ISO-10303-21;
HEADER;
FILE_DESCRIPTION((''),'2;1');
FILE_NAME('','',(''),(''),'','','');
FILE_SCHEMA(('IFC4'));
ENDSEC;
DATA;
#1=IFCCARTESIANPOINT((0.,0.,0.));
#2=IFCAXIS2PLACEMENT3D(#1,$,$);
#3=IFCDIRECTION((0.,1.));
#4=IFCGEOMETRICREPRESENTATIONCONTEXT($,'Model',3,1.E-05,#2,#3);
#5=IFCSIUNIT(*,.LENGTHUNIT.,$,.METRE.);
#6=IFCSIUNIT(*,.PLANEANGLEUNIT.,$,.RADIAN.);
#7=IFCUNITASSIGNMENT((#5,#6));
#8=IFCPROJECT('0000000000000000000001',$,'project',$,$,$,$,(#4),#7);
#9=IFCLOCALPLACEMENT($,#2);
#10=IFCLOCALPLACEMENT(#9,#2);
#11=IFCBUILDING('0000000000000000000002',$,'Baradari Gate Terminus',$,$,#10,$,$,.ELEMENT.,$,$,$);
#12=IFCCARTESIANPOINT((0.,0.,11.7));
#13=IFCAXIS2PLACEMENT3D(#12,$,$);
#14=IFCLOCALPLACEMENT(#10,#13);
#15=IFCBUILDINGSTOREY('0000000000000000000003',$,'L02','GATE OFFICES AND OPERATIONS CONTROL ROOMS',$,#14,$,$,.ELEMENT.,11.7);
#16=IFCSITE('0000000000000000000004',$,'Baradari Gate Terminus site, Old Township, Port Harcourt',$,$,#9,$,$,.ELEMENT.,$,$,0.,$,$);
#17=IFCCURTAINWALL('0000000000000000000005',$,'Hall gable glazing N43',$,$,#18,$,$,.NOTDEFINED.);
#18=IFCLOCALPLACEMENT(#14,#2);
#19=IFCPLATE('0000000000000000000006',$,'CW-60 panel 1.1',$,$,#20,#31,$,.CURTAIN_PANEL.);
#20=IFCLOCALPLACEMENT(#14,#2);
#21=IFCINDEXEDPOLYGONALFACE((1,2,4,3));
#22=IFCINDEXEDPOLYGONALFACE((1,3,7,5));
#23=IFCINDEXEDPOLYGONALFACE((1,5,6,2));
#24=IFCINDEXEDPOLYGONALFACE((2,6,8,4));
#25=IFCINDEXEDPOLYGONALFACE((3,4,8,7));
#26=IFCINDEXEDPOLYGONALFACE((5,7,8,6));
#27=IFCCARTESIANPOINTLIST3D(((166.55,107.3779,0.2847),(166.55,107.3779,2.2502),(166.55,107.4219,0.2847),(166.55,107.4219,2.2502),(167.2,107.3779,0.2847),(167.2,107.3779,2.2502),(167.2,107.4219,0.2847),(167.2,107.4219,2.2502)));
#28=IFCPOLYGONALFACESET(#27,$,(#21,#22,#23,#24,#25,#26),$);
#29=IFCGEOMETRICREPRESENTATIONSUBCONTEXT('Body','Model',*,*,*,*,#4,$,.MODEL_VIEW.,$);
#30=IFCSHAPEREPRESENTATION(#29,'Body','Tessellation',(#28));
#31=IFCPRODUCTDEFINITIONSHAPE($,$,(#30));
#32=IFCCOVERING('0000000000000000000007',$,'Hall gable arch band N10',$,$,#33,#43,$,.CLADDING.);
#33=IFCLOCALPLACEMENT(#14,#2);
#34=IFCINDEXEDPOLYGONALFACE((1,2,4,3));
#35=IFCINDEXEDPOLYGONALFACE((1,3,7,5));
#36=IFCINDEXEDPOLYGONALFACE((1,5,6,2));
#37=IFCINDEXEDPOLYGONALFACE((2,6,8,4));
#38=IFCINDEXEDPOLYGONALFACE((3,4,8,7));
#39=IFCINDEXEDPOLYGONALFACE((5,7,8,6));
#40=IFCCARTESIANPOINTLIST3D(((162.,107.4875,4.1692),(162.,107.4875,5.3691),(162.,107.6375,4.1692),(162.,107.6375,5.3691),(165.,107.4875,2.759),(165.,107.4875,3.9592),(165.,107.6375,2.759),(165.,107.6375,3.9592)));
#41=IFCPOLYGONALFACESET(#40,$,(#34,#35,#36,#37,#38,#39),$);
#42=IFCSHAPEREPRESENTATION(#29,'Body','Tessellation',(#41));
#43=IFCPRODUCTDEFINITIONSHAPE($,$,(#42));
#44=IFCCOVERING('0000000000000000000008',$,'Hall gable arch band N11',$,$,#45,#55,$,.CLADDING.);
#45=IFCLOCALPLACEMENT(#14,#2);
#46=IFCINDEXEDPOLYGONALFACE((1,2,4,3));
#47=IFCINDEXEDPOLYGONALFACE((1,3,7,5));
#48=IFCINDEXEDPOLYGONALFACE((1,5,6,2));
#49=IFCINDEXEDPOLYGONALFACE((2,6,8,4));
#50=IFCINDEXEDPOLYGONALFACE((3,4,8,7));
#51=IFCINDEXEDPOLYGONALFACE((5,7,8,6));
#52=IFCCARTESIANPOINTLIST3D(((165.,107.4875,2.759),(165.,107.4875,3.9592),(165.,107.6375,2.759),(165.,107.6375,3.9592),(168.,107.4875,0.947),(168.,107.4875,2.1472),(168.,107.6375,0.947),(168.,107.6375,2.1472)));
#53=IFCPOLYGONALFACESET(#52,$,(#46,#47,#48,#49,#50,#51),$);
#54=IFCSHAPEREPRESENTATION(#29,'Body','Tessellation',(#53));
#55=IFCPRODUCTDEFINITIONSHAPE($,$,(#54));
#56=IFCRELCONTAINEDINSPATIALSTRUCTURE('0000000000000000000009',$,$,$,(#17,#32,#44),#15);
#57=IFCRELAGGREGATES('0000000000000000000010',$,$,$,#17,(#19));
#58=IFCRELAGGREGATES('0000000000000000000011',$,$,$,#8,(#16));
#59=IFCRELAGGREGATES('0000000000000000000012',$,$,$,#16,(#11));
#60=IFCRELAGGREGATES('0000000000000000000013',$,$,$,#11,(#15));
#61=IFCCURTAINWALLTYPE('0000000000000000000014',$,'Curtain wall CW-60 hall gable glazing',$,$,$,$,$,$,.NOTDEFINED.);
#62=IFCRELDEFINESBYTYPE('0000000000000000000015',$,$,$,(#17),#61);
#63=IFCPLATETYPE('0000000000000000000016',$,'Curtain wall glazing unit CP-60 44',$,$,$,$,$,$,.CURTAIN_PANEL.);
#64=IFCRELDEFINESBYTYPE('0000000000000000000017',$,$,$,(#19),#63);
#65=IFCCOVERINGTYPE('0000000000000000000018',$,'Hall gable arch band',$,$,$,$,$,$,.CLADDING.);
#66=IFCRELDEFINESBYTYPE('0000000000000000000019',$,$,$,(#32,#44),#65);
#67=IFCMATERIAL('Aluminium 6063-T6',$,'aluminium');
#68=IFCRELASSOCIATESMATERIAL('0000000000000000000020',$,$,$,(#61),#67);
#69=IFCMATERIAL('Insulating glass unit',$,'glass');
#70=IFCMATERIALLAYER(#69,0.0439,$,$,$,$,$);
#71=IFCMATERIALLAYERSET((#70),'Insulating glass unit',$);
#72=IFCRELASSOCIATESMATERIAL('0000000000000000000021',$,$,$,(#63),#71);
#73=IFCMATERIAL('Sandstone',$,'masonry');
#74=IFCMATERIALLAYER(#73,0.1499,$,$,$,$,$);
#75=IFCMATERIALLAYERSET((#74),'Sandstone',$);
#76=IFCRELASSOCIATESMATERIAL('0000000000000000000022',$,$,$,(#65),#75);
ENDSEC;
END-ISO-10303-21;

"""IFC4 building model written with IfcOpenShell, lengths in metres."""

from ifc_helpers import new_model, si_unit, direction, frame, origin, origin_2d, place, context, subcontext, project, spatial, polyline, rectangle, outline, extrude, material, layer, layer_set, type_object, element, aggregate, save


model = new_model("IFC4")

# Units and contexts
model_context = context("Model", 3, precision=1e-05, world=origin(), true_north=direction((0.0, 1.0)))
body_context = subcontext(model_context, "Body", "Model", "MODEL_VIEW")
ifc_project = project(units=[si_unit("LENGTHUNIT", "METRE"), si_unit("PLANEANGLEUNIT", "RADIAN")], contexts=[model_context])

# Site, building, storey
site_placement = place(None, origin())
site = spatial("IfcSite", under=ifc_project, at=site_placement, Name="Baradari Gate Terminus site, Old Township, Port Harcourt", CompositionType="ELEMENT", RefElevation=0.0)
building_placement = place(site_placement, origin())
building = spatial("IfcBuilding", under=site, at=building_placement, Name="Baradari Gate Terminus", CompositionType="ELEMENT")
storey_placement = place(building_placement, frame((0.0, 0.0, 11.7)))
storey = spatial("IfcBuildingStorey", under=building, at=storey_placement, Name="L02", Description="GATE OFFICES AND OPERATIONS CONTROL ROOMS", CompositionType="ELEMENT", Elevation=11.7)

# Curtain wall
ifc_material_1 = material(Name="Aluminium 6063-T6", Category="aluminium")
curtain_wall_type = type_object("IfcCurtainWallType", Name="Curtain wall CW-60 hall gable glazing", PredefinedType="NOTDEFINED", material=ifc_material_1)
curtain_wall_1_placement = place(storey_placement, origin())
curtain_wall_1 = element("IfcCurtainWall", 1, at=curtain_wall_1_placement, inside=storey, type_object=curtain_wall_type, Name="Hall gable glazing N43", PredefinedType="NOTDEFINED")

# Plate
ifc_material_2 = material(Name="Insulating glass unit", Category="glass")
ifc_layer_1 = layer(ifc_material_2, 0.0439)
ifc_layer_set_1 = layer_set([ifc_layer_1], Name="Insulating glass unit")
plate_type = type_object("IfcPlateType", Name="Curtain wall glazing unit CP-60 44", PredefinedType="CURTAIN_PANEL", material=ifc_layer_set_1)
plate_1_placement = place(storey_placement, frame((166.875, 107.3999, 0.2847), z_axis=(0.0, 0.0, 1.0), x_axis=(1.0, 0.0, 0.0)))
plate_1 = element("IfcPlate", 2, at=plate_1_placement, type_object=plate_type, Name="CW-60 panel 1.1", PredefinedType="CURTAIN_PANEL", context=body_context, shape_type="SweptSolid", body=[
    extrude(rectangle(XDim=0.6499, YDim=0.0439, at=origin_2d()), origin(), (0.0, 0.0, 1.0), 1.9656),
])
aggregate(curtain_wall_1, [plate_1])

# Coverings
ifc_material_3 = material(Name="Sandstone", Category="masonry")
ifc_layer_2 = layer(ifc_material_3, 0.1499)
ifc_layer_set_2 = layer_set([ifc_layer_2], Name="Sandstone")
covering_type = type_object("IfcCoveringType", Name="Hall gable arch band", PredefinedType="CLADDING", material=ifc_layer_set_2)
covering_1_placement = place(storey_placement, frame((162.0, 107.5625, 2.759), z_axis=(0.0, 0.0, 1.0), x_axis=(1.0, 0.0, 0.0)))
element("IfcCovering", 3, at=covering_1_placement, inside=storey, type_object=covering_type, Name="Hall gable arch band N10", PredefinedType="CLADDING", context=body_context, shape_type="SweptSolid", body=[
    extrude(outline(polyline([(0.0, 2.6101), (0.0, 1.4102), (3.0, 0.0), (3.0, 1.2002), (0.0, 2.6101)])), frame((0.0, 0.075, 0.0), z_axis=(0.0, -1.0, 0.0), x_axis=(1.0, 0.0, 0.0)), (0.0, 0.0, 1.0), 0.1499),
])
covering_2_placement = place(storey_placement, frame((165.0, 107.5625, 0.947), z_axis=(0.0, 0.0, 1.0), x_axis=(1.0, 0.0, 0.0)))
element("IfcCovering", 4, at=covering_2_placement, inside=storey, type_object=covering_type, Name="Hall gable arch band N11", PredefinedType="CLADDING", context=body_context, shape_type="SweptSolid", body=[
    extrude(outline(polyline([(0.0, 3.0122), (0.0, 1.812), (3.0, 0.0), (3.0, 1.2002), (0.0, 3.0122)])), frame((0.0, 0.075, 0.0), z_axis=(0.0, -1.0, 0.0), x_axis=(1.0, 0.0, 0.0)), (0.0, 0.0, 1.0), 0.1499),
])

save(model, "model.ifc")
